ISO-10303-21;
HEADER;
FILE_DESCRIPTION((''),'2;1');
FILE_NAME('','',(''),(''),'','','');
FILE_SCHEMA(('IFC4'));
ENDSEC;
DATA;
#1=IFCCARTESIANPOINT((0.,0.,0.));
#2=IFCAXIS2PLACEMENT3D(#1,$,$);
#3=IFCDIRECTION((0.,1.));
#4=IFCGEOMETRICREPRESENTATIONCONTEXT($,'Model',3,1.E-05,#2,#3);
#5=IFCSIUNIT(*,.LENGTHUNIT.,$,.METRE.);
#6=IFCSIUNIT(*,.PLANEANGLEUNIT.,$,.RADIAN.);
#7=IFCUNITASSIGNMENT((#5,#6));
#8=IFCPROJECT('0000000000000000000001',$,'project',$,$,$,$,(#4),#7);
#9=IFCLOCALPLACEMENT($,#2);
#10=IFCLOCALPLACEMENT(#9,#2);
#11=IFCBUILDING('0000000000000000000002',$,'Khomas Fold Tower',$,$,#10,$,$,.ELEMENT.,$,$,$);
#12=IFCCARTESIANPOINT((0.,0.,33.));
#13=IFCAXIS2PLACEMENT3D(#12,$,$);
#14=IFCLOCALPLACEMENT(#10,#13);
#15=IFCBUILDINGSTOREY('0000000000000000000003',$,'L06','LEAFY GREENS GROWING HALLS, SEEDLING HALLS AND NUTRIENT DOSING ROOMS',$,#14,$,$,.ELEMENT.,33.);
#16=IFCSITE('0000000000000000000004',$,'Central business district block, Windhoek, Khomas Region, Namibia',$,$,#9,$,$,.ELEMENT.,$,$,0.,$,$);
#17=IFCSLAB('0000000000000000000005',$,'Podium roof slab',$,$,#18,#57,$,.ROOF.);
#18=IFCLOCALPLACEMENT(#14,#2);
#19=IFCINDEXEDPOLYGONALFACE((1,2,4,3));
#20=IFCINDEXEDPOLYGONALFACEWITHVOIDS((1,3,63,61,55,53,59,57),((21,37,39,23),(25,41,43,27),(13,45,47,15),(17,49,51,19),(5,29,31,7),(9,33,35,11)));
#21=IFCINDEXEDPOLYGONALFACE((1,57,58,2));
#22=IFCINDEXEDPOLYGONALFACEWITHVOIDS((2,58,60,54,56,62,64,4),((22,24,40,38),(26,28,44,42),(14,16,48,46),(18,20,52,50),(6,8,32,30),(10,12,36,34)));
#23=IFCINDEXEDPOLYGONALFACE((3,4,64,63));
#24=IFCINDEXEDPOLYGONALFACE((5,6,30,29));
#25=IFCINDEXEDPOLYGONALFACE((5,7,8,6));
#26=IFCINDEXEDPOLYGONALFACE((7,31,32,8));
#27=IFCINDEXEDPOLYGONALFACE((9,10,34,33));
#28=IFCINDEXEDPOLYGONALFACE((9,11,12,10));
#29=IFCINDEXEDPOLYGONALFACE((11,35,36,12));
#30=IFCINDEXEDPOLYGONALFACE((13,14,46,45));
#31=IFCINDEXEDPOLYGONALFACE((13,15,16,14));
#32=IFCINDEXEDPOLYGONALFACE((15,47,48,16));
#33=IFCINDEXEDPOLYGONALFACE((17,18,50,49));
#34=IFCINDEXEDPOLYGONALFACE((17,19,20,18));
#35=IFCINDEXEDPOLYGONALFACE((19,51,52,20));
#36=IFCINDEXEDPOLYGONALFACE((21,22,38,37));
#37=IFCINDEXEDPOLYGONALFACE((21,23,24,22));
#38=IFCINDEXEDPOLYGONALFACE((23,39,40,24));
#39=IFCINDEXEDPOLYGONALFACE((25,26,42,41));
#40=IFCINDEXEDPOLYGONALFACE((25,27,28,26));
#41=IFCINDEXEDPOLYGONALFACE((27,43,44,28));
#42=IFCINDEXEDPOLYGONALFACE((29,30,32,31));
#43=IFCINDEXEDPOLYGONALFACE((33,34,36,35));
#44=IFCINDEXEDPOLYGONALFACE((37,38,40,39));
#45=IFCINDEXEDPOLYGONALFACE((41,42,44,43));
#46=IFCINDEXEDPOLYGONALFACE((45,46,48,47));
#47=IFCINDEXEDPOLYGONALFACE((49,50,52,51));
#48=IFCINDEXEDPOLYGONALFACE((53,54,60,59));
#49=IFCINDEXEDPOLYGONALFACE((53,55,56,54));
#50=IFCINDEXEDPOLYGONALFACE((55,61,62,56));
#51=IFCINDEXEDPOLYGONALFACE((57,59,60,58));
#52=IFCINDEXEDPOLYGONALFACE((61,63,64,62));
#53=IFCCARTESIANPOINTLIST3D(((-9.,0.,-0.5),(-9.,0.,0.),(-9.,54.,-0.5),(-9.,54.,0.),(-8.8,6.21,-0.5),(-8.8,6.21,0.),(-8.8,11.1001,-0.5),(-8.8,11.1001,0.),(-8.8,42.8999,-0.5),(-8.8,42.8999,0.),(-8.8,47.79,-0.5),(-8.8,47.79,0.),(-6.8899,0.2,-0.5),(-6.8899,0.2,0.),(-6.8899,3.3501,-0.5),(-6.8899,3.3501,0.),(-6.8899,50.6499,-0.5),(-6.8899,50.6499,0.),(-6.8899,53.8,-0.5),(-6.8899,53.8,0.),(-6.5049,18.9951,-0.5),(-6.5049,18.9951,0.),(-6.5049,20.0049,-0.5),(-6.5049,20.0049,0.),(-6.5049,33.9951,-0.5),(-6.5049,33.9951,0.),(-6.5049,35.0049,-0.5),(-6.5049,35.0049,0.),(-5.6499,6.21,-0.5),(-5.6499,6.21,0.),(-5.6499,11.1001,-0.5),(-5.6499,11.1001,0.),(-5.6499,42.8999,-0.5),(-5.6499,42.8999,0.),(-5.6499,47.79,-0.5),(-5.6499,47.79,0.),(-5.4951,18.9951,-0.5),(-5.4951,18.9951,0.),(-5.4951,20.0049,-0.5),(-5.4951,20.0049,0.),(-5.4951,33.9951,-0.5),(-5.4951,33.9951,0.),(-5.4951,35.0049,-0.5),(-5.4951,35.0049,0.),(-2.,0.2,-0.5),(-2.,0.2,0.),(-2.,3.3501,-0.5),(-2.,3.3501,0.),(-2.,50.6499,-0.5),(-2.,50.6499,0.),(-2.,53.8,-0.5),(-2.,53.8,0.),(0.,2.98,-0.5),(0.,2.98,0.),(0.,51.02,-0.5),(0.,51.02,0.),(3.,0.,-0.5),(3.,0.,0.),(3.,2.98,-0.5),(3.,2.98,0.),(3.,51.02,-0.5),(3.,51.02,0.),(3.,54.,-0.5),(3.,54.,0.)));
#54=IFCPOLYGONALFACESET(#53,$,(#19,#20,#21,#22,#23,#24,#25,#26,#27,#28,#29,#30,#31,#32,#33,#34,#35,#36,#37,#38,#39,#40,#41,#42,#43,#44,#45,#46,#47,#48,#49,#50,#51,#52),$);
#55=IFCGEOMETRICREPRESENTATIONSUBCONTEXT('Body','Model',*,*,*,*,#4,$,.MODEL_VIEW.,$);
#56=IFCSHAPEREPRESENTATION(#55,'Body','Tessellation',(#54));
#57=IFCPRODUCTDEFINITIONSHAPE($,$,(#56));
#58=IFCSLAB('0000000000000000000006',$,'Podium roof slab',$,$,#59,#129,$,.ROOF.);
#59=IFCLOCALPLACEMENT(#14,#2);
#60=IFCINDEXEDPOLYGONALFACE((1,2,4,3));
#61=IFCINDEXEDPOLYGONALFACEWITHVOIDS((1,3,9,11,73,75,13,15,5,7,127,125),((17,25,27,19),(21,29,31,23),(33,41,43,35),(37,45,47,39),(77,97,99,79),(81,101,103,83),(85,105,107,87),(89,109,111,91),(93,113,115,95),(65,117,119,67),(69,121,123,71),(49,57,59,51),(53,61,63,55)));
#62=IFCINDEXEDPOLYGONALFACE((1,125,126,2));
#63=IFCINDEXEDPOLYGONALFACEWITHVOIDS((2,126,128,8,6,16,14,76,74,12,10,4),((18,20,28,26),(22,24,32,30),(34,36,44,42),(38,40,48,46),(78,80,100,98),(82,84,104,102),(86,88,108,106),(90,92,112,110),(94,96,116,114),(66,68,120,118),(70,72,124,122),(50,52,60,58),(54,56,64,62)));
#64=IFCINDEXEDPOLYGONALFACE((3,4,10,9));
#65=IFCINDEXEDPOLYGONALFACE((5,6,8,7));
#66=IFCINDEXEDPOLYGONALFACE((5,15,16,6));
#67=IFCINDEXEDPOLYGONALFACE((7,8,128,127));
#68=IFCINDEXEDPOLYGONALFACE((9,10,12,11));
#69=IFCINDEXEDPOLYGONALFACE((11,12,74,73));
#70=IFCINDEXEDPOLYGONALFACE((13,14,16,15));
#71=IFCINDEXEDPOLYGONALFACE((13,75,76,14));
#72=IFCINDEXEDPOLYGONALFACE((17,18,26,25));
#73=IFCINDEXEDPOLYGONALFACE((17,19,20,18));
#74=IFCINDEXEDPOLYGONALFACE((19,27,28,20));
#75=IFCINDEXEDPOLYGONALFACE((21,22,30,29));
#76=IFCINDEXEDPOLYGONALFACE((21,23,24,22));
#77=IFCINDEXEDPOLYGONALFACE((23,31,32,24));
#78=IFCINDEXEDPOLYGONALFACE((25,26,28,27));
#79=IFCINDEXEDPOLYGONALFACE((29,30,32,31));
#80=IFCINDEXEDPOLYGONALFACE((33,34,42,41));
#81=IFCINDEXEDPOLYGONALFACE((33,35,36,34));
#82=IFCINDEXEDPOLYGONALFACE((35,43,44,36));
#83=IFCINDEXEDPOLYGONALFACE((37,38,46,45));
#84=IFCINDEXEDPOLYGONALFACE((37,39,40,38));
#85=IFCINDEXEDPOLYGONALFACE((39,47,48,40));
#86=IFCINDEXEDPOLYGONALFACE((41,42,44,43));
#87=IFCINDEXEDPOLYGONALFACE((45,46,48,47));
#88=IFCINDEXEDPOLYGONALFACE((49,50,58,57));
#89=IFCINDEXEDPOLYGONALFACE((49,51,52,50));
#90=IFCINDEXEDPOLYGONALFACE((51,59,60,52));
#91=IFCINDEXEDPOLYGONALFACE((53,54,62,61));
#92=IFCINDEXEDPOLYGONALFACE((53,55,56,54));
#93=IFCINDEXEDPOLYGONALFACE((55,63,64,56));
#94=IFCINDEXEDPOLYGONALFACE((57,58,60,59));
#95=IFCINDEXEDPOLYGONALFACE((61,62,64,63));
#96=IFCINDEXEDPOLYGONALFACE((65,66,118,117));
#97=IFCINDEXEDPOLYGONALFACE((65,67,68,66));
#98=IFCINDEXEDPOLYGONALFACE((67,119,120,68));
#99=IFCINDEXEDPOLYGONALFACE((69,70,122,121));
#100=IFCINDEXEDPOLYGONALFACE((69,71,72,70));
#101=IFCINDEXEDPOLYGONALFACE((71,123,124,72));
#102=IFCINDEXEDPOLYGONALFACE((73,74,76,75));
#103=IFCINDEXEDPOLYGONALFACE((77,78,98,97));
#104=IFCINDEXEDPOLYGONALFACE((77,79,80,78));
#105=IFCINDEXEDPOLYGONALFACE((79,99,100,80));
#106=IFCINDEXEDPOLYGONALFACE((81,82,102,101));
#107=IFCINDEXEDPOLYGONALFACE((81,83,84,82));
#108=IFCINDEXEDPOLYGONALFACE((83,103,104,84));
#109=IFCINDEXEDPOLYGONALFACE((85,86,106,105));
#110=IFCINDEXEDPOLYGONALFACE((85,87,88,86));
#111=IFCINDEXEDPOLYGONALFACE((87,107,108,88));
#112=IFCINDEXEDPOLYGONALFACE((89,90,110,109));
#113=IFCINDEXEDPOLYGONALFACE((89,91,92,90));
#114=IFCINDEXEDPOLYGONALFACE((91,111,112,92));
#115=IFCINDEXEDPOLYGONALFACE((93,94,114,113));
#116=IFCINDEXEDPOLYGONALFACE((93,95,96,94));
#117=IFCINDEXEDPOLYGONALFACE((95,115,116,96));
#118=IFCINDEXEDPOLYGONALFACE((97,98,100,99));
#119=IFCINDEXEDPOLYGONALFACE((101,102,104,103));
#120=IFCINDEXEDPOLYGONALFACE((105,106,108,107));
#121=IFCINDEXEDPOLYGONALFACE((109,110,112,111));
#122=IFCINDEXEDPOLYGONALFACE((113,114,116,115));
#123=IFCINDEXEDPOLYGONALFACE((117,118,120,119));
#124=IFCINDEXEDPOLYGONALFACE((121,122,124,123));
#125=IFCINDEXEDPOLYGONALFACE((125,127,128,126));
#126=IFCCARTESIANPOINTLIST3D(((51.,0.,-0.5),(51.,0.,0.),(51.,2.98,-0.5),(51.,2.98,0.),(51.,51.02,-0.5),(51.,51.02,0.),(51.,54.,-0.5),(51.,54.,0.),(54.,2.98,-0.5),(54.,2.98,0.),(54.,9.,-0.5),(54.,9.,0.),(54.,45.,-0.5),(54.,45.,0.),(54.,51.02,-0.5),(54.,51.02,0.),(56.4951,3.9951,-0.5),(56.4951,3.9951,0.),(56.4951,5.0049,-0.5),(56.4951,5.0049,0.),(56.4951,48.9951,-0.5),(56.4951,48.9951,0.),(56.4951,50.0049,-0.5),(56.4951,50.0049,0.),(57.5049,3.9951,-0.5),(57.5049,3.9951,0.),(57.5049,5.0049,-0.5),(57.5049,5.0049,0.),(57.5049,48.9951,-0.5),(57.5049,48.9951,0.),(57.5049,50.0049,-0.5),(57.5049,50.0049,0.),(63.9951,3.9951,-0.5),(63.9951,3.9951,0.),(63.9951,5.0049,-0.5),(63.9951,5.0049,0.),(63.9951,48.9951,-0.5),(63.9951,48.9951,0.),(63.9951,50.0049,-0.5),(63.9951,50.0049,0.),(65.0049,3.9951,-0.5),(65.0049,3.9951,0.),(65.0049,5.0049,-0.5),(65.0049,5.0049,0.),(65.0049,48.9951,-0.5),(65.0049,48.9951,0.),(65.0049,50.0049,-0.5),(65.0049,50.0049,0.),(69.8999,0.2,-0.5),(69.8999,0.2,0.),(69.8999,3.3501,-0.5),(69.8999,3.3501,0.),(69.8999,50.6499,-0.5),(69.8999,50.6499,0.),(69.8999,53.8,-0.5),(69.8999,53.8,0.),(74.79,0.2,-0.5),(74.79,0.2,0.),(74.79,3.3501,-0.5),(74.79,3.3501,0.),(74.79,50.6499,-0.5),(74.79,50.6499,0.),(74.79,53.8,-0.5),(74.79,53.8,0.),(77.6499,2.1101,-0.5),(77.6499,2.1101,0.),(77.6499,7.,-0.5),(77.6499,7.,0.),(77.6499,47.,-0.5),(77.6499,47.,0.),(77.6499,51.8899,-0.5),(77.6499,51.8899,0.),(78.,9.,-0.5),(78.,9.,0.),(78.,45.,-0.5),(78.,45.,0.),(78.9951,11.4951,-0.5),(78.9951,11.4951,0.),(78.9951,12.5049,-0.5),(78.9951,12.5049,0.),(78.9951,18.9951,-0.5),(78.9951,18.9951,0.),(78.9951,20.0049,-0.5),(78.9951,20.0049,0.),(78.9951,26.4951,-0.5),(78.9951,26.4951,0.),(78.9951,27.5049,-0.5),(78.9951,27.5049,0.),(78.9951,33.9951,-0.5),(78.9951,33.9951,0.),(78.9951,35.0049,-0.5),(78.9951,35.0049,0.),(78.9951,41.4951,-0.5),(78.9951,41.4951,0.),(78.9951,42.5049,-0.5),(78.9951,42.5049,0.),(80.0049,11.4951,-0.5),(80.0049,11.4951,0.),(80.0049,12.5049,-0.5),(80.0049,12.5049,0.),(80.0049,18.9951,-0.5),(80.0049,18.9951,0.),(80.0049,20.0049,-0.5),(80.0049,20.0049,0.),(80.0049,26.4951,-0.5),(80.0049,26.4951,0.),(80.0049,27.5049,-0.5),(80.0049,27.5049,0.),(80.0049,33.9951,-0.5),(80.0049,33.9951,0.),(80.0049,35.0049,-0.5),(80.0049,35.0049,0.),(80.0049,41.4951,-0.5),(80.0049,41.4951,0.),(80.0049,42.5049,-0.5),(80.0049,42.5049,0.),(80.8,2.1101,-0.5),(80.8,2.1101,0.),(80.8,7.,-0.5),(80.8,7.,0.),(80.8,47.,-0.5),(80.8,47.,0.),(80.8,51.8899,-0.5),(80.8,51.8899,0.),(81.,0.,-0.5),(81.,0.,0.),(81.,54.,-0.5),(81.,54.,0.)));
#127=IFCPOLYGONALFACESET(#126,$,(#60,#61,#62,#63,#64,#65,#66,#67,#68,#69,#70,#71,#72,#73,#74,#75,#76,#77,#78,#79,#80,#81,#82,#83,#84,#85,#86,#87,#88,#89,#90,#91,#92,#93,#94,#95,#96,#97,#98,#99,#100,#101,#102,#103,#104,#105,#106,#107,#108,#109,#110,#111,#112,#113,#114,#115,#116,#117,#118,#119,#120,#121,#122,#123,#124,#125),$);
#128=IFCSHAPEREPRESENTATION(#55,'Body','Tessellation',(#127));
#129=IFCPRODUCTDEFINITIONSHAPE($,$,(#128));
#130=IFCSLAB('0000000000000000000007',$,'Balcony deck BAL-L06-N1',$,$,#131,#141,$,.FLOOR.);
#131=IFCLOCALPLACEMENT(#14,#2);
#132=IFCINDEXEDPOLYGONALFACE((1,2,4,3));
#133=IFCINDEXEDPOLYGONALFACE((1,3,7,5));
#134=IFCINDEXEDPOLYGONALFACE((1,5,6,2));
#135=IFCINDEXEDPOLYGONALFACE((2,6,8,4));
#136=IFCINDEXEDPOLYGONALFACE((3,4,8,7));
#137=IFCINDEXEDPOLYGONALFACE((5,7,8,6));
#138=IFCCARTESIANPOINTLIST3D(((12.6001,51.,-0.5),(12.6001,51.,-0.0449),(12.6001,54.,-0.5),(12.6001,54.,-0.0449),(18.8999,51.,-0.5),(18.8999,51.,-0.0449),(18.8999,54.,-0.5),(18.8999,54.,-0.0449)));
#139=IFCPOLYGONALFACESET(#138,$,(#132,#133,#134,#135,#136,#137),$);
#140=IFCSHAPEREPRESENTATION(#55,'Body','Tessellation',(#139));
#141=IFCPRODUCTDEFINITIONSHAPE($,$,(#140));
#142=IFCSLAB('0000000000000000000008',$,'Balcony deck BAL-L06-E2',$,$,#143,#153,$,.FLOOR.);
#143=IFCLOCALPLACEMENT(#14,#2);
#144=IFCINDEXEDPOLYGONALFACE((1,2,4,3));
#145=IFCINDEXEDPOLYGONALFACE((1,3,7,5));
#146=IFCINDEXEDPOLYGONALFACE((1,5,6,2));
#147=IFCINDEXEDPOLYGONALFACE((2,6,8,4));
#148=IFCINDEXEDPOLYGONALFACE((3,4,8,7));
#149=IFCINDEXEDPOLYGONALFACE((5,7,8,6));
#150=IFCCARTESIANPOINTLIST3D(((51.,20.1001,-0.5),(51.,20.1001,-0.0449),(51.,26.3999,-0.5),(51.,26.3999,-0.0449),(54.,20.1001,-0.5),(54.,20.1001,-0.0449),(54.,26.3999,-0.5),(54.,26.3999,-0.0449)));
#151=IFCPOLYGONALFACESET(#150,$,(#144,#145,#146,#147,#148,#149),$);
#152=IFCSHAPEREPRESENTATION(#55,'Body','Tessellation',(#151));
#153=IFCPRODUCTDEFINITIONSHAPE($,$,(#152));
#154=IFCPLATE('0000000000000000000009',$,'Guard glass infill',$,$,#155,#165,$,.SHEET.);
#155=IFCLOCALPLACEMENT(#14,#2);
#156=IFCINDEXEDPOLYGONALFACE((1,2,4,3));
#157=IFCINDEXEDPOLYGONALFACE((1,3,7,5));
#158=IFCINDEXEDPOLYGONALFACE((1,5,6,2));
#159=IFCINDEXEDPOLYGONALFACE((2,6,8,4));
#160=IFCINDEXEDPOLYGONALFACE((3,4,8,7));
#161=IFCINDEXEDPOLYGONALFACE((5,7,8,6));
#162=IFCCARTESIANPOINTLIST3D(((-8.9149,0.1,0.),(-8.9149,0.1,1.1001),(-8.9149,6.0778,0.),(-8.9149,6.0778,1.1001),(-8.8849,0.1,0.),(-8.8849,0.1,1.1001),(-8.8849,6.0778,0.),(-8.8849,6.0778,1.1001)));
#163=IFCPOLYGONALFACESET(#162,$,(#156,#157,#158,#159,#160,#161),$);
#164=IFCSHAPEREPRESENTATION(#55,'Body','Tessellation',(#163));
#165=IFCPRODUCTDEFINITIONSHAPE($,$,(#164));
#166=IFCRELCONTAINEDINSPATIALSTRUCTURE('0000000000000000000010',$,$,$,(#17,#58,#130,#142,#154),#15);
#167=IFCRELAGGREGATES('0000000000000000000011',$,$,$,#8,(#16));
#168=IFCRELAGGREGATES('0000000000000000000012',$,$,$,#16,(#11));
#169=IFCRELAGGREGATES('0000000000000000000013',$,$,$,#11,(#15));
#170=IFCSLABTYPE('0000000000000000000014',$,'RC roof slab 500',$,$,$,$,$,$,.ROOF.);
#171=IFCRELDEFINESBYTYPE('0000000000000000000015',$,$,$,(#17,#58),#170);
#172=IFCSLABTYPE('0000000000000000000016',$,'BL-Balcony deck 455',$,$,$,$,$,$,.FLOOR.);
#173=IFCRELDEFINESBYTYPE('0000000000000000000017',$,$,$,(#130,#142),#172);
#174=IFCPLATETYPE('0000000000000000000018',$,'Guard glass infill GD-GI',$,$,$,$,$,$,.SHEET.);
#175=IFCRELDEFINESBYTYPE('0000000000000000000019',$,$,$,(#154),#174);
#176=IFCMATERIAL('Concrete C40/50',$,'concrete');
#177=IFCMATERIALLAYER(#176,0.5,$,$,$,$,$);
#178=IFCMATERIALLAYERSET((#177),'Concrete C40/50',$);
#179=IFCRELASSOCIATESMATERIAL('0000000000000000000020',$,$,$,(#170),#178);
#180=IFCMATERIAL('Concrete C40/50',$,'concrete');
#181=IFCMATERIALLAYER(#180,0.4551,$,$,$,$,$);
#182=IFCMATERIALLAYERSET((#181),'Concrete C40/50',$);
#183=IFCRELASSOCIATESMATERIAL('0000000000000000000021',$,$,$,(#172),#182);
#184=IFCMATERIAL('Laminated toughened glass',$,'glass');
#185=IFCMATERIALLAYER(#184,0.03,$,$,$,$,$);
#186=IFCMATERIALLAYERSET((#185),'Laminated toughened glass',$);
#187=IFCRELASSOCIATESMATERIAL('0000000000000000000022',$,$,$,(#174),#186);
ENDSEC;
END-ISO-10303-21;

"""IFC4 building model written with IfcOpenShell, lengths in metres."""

from ifc_helpers import new_model, si_unit, direction, frame, origin, origin_2d, place, context, subcontext, project, spatial, polyline, rectangle, outline, extrude, source, transform, mapped, material, layer, layer_set, type_object, element, save


model = new_model("IFC4")

# Units and contexts
model_context = context("Model", 3, precision=1e-05, world=origin(), true_north=direction((0.0, 1.0)))
body_context = subcontext(model_context, "Body", "Model", "MODEL_VIEW")
ifc_project = project(units=[si_unit("LENGTHUNIT", "METRE"), si_unit("PLANEANGLEUNIT", "RADIAN")], contexts=[model_context])

# Site, building, storey
site_placement = place(None, origin())
site = spatial("IfcSite", under=ifc_project, at=site_placement, Name="Central business district block, Windhoek, Khomas Region, Namibia", CompositionType="ELEMENT", RefElevation=0.0)
building_placement = place(site_placement, origin())
building = spatial("IfcBuilding", under=site, at=building_placement, Name="Khomas Fold Tower", CompositionType="ELEMENT")
storey_placement = place(building_placement, frame((0.0, 0.0, 33.0)))
storey = spatial("IfcBuildingStorey", under=building, at=storey_placement, Name="L06", Description="LEAFY GREENS GROWING HALLS, SEEDLING HALLS AND NUTRIENT DOSING ROOMS", CompositionType="ELEMENT", Elevation=33.0)

# Slabs
ifc_material_1 = material(Name="Concrete C40/50", Category="concrete")
ifc_layer_1 = layer(ifc_material_1, 0.5)
ifc_layer_set_1 = layer_set([ifc_layer_1], Name="Concrete C40/50")
slab_type_1 = type_object("IfcSlabType", Name="RC roof slab 500", PredefinedType="ROOF", material=ifc_layer_set_1)
shared_shape_1 = source(origin(), body_context, "Body", "SweptSolid", [
    extrude(outline(polyline([(-9.0, 0.0), (3.0, 0.0), (3.0, 2.98), (0.0, 2.98), (0.0, 51.02), (3.0, 51.02), (3.0, 54.0), (-9.0, 54.0), (-9.0, 0.0)]), holes=[polyline([(-8.8, 6.21), (-8.8, 11.1001), (-5.6499, 11.1001), (-5.6499, 6.21), (-8.8, 6.21)]), polyline([(-8.8, 42.8999), (-8.8, 47.79), (-5.6499, 47.79), (-5.6499, 42.8999), (-8.8, 42.8999)]), polyline([(-6.8899, 0.2), (-6.8899, 3.3501), (-2.0, 3.3501), (-2.0, 0.2), (-6.8899, 0.2)]), polyline([(-6.8899, 50.6499), (-6.8899, 53.8), (-2.0, 53.8), (-2.0, 50.6499), (-6.8899, 50.6499)]), polyline([(-6.5049, 18.9951), (-6.5049, 20.0049), (-5.4951, 20.0049), (-5.4951, 18.9951), (-6.5049, 18.9951)]), polyline([(-6.5049, 33.9951), (-6.5049, 35.0049), (-5.4951, 35.0049), (-5.4951, 33.9951), (-6.5049, 33.9951)])]), origin(), (0.0, 0.0, 1.0), 0.5),
])
slab_1_placement = place(storey_placement, frame((0.0, 0.0, -0.5)))
element("IfcSlab", 1, at=slab_1_placement, inside=storey, type_object=slab_type_1, Name="Podium roof slab", PredefinedType="ROOF", context=body_context, shape_type="MappedRepresentation", body=[
    mapped(shared_shape_1, transform((0.0, 0.0, 0.0))),
])
shared_shape_2 = source(origin(), body_context, "Body", "SweptSolid", [
    extrude(outline(polyline([(51.0, 0.0), (81.0, 0.0), (81.0, 54.0), (51.0, 54.0), (51.0, 51.02), (54.0, 51.02), (54.0, 45.0), (78.0, 45.0), (78.0, 9.0), (54.0, 9.0), (54.0, 2.98), (51.0, 2.98), (51.0, 0.0)]), holes=[polyline([(56.4951, 3.9951), (56.4951, 5.0049), (57.5049, 5.0049), (57.5049, 3.9951), (56.4951, 3.9951)]), polyline([(56.4951, 48.9951), (56.4951, 50.0049), (57.5049, 50.0049), (57.5049, 48.9951), (56.4951, 48.9951)]), polyline([(63.9951, 3.9951), (63.9951, 5.0049), (65.0049, 5.0049), (65.0049, 3.9951), (63.9951, 3.9951)]), polyline([(63.9951, 48.9951), (63.9951, 50.0049), (65.0049, 50.0049), (65.0049, 48.9951), (63.9951, 48.9951)]), polyline([(69.8999, 0.2), (69.8999, 3.3501), (74.79, 3.3501), (74.79, 0.2), (69.8999, 0.2)]), polyline([(69.8999, 50.6499), (69.8999, 53.8), (74.79, 53.8), (74.79, 50.6499), (69.8999, 50.6499)]), polyline([(77.6499, 2.1101), (77.6499, 7.0), (80.8, 7.0), (80.8, 2.1101), (77.6499, 2.1101)]), polyline([(77.6499, 47.0), (77.6499, 51.8899), (80.8, 51.8899), (80.8, 47.0), (77.6499, 47.0)]), polyline([(78.9951, 11.4951), (78.9951, 12.5049), (80.0049, 12.5049), (80.0049, 11.4951), (78.9951, 11.4951)]), polyline([(78.9951, 18.9951), (78.9951, 20.0049), (80.0049, 20.0049), (80.0049, 18.9951), (78.9951, 18.9951)]), polyline([(78.9951, 26.4951), (78.9951, 27.5049), (80.0049, 27.5049), (80.0049, 26.4951), (78.9951, 26.4951)]), polyline([(78.9951, 33.9951), (78.9951, 35.0049), (80.0049, 35.0049), (80.0049, 33.9951), (78.9951, 33.9951)]), polyline([(78.9951, 41.4951), (78.9951, 42.5049), (80.0049, 42.5049), (80.0049, 41.4951), (78.9951, 41.4951)])]), origin(), (0.0, 0.0, 1.0), 0.5),
])
slab_2_placement = place(storey_placement, frame((0.0, 0.0, -0.5)))
element("IfcSlab", 2, at=slab_2_placement, inside=storey, type_object=slab_type_1, Name="Podium roof slab", PredefinedType="ROOF", context=body_context, shape_type="MappedRepresentation", body=[
    mapped(shared_shape_2, transform((0.0, 0.0, 0.0))),
])
ifc_material_2 = material(Name="Concrete C40/50", Category="concrete")
ifc_layer_2 = layer(ifc_material_2, 0.4551)
ifc_layer_set_2 = layer_set([ifc_layer_2], Name="Concrete C40/50")
slab_type_2 = type_object("IfcSlabType", Name="BL-Balcony deck 455", PredefinedType="FLOOR", material=ifc_layer_set_2)
shared_shape_3 = source(origin(), body_context, "Body", "SweptSolid", [
    extrude(outline(polyline([(12.6001, 51.0), (18.8999, 51.0), (18.8999, 54.0), (12.6001, 54.0), (12.6001, 51.0)])), origin(), (0.0, 0.0, 1.0), 0.4551),
])
slab_3_placement = place(storey_placement, frame((0.0, 0.0, -0.5)))
element("IfcSlab", 3, at=slab_3_placement, inside=storey, type_object=slab_type_2, Name="Balcony deck BAL-L06-N1", PredefinedType="FLOOR", context=body_context, shape_type="MappedRepresentation", body=[
    mapped(shared_shape_3, transform((0.0, 0.0, 0.0))),
])
shared_shape_4 = source(origin(), body_context, "Body", "SweptSolid", [
    extrude(outline(polyline([(51.0, 20.1001), (54.0, 20.1001), (54.0, 26.3999), (51.0, 26.3999), (51.0, 20.1001)])), origin(), (0.0, 0.0, 1.0), 0.4551),
])
slab_4_placement = place(storey_placement, frame((0.0, 0.0, -0.5)))
element("IfcSlab", 4, at=slab_4_placement, inside=storey, type_object=slab_type_2, Name="Balcony deck BAL-L06-E2", PredefinedType="FLOOR", context=body_context, shape_type="MappedRepresentation", body=[
    mapped(shared_shape_4, transform((0.0, 0.0, 0.0))),
])

# Plate
ifc_material_3 = material(Name="Laminated toughened glass", Category="glass")
ifc_layer_3 = layer(ifc_material_3, 0.03)
ifc_layer_set_3 = layer_set([ifc_layer_3], Name="Laminated toughened glass")
plate_type = type_object("IfcPlateType", Name="Guard glass infill GD-GI", PredefinedType="SHEET", material=ifc_layer_set_3)
shared_shape_5 = source(origin(), body_context, "Body", "SweptSolid", [
    extrude(rectangle(XDim=5.9778, YDim=0.03, at=origin_2d()), origin(), (0.0, 0.0, 1.0), 1.1001),
])
plate_placement = place(storey_placement, frame((-8.8999, 3.0889, 0.0), z_axis=(0.0, 0.0, 1.0), x_axis=(0.0, 1.0, 0.0)))
element("IfcPlate", 5, at=plate_placement, inside=storey, type_object=plate_type, Name="Guard glass infill", PredefinedType="SHEET", context=body_context, shape_type="MappedRepresentation", body=[
    mapped(shared_shape_5, transform((0.0, 0.0, 0.0))),
])

save(model, "model.ifc")
